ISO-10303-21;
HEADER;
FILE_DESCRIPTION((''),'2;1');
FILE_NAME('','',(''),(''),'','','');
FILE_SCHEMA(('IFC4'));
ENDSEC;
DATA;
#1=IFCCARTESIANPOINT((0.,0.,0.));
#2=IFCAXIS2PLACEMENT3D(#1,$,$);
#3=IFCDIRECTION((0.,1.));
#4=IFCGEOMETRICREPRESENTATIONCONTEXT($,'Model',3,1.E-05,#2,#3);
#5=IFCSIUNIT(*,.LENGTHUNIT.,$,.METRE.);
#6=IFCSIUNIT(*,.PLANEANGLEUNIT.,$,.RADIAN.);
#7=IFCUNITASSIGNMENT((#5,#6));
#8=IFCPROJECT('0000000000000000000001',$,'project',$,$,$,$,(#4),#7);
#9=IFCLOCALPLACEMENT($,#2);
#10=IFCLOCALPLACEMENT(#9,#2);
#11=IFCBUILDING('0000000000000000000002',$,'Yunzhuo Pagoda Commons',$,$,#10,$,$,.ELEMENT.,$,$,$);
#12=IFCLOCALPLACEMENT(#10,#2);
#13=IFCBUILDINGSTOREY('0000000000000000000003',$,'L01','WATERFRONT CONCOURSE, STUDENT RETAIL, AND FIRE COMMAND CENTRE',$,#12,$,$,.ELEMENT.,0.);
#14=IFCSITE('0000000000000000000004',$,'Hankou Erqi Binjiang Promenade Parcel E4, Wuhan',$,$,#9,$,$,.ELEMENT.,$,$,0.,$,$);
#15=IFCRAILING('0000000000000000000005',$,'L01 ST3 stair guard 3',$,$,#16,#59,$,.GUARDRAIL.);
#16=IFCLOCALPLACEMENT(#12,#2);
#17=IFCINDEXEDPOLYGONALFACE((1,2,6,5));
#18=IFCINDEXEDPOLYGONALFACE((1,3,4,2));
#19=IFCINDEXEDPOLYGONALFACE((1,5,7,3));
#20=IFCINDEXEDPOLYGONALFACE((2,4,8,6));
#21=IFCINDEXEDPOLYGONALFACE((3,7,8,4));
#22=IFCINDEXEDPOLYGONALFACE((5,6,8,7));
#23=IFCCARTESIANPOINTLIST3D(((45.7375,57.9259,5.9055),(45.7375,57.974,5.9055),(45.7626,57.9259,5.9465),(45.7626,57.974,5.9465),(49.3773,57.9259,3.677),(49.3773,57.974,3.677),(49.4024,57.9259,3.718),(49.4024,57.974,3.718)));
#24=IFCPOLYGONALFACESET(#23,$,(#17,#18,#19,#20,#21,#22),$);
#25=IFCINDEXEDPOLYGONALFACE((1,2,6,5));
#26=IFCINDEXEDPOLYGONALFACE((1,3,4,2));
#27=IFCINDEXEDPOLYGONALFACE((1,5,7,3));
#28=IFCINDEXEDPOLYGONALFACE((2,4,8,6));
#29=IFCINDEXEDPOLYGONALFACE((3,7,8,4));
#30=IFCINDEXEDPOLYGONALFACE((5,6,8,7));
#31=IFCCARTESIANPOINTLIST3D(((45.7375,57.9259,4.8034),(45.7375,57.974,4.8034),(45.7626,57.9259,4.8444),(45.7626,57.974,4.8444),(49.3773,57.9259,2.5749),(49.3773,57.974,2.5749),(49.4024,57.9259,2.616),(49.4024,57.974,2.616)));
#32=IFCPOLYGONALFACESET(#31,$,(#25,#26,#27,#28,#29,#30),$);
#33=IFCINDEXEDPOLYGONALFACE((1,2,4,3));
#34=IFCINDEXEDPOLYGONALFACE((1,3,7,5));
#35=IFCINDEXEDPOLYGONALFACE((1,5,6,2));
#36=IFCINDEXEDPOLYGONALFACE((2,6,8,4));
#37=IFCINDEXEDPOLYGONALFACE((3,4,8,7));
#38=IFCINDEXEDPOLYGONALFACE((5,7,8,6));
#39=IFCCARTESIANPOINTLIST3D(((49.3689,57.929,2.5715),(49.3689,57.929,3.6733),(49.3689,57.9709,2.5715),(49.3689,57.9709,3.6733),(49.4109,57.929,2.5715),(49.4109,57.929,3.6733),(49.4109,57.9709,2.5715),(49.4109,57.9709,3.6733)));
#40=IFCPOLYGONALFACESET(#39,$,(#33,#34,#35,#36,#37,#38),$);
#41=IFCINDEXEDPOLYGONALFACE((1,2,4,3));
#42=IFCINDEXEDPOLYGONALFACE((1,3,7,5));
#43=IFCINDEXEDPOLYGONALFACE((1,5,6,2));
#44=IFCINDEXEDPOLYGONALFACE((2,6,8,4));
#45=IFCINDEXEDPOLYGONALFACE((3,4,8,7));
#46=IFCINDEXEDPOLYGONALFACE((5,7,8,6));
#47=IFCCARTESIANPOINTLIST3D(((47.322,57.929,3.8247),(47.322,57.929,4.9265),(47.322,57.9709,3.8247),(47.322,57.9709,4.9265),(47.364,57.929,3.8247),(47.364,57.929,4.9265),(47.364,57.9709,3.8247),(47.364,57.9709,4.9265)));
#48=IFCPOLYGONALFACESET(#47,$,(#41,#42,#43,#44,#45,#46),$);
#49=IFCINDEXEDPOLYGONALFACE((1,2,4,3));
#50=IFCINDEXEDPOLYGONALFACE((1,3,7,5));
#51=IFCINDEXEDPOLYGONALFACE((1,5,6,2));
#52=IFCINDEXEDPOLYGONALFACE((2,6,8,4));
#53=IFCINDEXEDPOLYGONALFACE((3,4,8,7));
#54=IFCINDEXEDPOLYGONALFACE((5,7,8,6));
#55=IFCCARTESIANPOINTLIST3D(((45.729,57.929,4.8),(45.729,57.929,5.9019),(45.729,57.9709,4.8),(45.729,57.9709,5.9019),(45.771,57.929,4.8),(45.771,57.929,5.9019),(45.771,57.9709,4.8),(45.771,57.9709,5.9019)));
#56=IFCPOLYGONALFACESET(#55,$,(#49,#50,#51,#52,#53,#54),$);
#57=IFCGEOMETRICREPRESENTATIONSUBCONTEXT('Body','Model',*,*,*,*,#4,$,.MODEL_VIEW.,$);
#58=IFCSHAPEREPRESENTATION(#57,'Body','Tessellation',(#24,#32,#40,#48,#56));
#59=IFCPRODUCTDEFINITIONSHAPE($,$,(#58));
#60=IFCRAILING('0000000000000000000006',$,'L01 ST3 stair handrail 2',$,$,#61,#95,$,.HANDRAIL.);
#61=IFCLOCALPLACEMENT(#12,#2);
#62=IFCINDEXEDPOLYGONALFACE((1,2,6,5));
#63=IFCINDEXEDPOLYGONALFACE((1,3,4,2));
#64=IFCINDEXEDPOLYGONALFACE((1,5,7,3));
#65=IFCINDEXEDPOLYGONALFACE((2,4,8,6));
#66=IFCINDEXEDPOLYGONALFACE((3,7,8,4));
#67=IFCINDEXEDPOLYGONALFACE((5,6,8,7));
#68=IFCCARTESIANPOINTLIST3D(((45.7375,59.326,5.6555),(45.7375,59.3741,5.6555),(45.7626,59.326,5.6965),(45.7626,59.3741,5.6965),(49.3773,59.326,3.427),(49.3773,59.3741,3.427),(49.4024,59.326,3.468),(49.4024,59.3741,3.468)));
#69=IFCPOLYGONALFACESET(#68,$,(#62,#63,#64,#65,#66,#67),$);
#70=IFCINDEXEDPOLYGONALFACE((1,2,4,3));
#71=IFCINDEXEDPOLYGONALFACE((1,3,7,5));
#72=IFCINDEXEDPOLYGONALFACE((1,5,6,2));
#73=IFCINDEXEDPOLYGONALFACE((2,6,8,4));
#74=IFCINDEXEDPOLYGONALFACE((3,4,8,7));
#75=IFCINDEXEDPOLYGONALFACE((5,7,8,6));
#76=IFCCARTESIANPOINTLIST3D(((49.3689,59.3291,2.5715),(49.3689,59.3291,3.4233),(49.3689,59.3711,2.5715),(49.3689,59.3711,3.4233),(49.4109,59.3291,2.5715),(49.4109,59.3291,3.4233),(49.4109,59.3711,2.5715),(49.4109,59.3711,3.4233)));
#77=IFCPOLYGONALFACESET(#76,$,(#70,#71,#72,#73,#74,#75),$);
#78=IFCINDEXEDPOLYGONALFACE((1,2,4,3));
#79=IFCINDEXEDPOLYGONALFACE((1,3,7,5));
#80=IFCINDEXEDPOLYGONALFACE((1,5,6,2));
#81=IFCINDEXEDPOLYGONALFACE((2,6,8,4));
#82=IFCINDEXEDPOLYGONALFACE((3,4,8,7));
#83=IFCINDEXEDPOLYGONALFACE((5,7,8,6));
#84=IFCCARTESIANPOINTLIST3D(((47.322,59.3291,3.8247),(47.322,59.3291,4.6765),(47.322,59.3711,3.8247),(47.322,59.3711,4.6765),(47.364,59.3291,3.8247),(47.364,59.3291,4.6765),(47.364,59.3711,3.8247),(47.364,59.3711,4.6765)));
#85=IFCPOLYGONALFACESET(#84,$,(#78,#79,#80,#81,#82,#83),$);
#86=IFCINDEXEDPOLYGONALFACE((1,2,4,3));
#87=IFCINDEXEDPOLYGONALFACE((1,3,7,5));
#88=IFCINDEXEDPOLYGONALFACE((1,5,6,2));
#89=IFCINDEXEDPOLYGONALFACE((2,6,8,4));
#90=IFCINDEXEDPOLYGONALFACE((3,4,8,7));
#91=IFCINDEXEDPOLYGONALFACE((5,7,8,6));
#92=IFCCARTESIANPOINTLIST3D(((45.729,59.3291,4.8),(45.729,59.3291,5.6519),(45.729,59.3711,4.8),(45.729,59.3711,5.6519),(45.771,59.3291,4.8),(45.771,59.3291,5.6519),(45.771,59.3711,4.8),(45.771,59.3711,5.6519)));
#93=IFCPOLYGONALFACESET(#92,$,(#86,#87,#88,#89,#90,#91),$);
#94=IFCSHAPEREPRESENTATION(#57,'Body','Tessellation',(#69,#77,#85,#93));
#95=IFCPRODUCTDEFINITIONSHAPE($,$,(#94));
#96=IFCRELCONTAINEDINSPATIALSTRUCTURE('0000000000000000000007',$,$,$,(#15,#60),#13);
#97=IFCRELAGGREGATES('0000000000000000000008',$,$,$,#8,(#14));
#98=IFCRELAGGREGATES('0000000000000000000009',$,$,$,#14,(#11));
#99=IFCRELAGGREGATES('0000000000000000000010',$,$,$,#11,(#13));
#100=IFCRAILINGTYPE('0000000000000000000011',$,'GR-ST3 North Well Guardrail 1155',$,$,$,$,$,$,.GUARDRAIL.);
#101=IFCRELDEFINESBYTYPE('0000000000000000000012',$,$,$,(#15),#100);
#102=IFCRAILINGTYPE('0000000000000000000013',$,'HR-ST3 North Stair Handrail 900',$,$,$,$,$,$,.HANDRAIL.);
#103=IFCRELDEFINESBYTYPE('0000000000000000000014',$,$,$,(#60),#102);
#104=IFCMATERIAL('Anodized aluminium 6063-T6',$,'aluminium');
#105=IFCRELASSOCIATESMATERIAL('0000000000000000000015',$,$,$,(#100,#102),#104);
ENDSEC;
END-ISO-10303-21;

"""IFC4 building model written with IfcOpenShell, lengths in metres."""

from ifc_helpers import new_model, si_unit, direction, frame, origin, origin_2d, place, context, subcontext, project, spatial, rectangle, extrude, material, type_object, element, save


model = new_model("IFC4")

# Units and contexts
model_context = context("Model", 3, precision=1e-05, world=origin(), true_north=direction((0.0, 1.0)))
body_context = subcontext(model_context, "Body", "Model", "MODEL_VIEW")
ifc_project = project(units=[si_unit("LENGTHUNIT", "METRE"), si_unit("PLANEANGLEUNIT", "RADIAN")], contexts=[model_context])

# Site, building, storey
site_placement = place(None, origin())
site = spatial("IfcSite", under=ifc_project, at=site_placement, Name="Hankou Erqi Binjiang Promenade Parcel E4, Wuhan", CompositionType="ELEMENT", RefElevation=0.0)
building_placement = place(site_placement, origin())
building = spatial("IfcBuilding", under=site, at=building_placement, Name="Yunzhuo Pagoda Commons", CompositionType="ELEMENT")
storey_placement = place(building_placement, origin())
storey = spatial("IfcBuildingStorey", under=building, at=storey_placement, Name="L01", Description="WATERFRONT CONCOURSE, STUDENT RETAIL, AND FIRE COMMAND CENTRE", CompositionType="ELEMENT", Elevation=0.0)

# Railings
ifc_material_1 = material(Name="Anodized aluminium 6063-T6", Category="aluminium")
railing_type_1 = type_object("IfcRailingType", Name="GR-ST3 North Well Guardrail 1155", PredefinedType="GUARDRAIL", material=ifc_material_1)
railing_1_placement = place(storey_placement, frame((49.3899, 57.95, 2.5715)))
element("IfcRailing", 1, at=railing_1_placement, inside=storey, type_object=railing_type_1, Name="L01 ST3 stair guard 3", PredefinedType="GUARDRAIL", context=body_context, shape_type="SweptSolid", body=[
    extrude(rectangle(XDim=0.0481, YDim=0.0481, at=origin_2d()), frame((0.0, 0.0, 1.126), z_axis=(-0.85285, 0.0, 0.522156), x_axis=(0.0, -1.0, 0.0)), (0.0, 0.0, 1.0), 4.2678),
    extrude(rectangle(XDim=0.0481, YDim=0.0481, at=origin_2d()), frame((0.0, 0.0, 0.0239), z_axis=(-0.85285, 0.0, 0.522156), x_axis=(0.0, -1.0, 0.0)), (0.0, 0.0, 1.0), 4.2678),
    extrude(rectangle(XDim=0.042, YDim=0.042, at=origin_2d()), origin(), (0.0, 0.0, 1.0), 1.1018),
    extrude(rectangle(XDim=0.042, YDim=0.042, at=origin_2d()), frame((-2.0469, 0.0, 1.2532)), (0.0, 0.0, 1.0), 1.1018),
    extrude(rectangle(XDim=0.042, YDim=0.042, at=origin_2d()), frame((-3.6399, 0.0, 2.2285)), (0.0, 0.0, 1.0), 1.1018),
])
railing_type_2 = type_object("IfcRailingType", Name="HR-ST3 North Stair Handrail 900", PredefinedType="HANDRAIL", material=ifc_material_1)
railing_2_placement = place(storey_placement, frame((49.3899, 59.3501, 2.5715)))
element("IfcRailing", 2, at=railing_2_placement, inside=storey, type_object=railing_type_2, Name="L01 ST3 stair handrail 2", PredefinedType="HANDRAIL", context=body_context, shape_type="SweptSolid", body=[
    extrude(rectangle(XDim=0.0481, YDim=0.0481, at=origin_2d()), frame((0.0, 0.0, 0.876), z_axis=(-0.85285, 0.0, 0.522156), x_axis=(0.0, -1.0, 0.0)), (0.0, 0.0, 1.0), 4.2678),
    extrude(rectangle(XDim=0.042, YDim=0.042, at=origin_2d()), origin(), (0.0, 0.0, 1.0), 0.8518),
    extrude(rectangle(XDim=0.042, YDim=0.042, at=origin_2d()), frame((-2.0469, 0.0, 1.2532)), (0.0, 0.0, 1.0), 0.8518),
    extrude(rectangle(XDim=0.042, YDim=0.042, at=origin_2d()), frame((-3.6399, 0.0, 2.2285)), (0.0, 0.0, 1.0), 0.8518),
])

save(model, "model.ifc")
